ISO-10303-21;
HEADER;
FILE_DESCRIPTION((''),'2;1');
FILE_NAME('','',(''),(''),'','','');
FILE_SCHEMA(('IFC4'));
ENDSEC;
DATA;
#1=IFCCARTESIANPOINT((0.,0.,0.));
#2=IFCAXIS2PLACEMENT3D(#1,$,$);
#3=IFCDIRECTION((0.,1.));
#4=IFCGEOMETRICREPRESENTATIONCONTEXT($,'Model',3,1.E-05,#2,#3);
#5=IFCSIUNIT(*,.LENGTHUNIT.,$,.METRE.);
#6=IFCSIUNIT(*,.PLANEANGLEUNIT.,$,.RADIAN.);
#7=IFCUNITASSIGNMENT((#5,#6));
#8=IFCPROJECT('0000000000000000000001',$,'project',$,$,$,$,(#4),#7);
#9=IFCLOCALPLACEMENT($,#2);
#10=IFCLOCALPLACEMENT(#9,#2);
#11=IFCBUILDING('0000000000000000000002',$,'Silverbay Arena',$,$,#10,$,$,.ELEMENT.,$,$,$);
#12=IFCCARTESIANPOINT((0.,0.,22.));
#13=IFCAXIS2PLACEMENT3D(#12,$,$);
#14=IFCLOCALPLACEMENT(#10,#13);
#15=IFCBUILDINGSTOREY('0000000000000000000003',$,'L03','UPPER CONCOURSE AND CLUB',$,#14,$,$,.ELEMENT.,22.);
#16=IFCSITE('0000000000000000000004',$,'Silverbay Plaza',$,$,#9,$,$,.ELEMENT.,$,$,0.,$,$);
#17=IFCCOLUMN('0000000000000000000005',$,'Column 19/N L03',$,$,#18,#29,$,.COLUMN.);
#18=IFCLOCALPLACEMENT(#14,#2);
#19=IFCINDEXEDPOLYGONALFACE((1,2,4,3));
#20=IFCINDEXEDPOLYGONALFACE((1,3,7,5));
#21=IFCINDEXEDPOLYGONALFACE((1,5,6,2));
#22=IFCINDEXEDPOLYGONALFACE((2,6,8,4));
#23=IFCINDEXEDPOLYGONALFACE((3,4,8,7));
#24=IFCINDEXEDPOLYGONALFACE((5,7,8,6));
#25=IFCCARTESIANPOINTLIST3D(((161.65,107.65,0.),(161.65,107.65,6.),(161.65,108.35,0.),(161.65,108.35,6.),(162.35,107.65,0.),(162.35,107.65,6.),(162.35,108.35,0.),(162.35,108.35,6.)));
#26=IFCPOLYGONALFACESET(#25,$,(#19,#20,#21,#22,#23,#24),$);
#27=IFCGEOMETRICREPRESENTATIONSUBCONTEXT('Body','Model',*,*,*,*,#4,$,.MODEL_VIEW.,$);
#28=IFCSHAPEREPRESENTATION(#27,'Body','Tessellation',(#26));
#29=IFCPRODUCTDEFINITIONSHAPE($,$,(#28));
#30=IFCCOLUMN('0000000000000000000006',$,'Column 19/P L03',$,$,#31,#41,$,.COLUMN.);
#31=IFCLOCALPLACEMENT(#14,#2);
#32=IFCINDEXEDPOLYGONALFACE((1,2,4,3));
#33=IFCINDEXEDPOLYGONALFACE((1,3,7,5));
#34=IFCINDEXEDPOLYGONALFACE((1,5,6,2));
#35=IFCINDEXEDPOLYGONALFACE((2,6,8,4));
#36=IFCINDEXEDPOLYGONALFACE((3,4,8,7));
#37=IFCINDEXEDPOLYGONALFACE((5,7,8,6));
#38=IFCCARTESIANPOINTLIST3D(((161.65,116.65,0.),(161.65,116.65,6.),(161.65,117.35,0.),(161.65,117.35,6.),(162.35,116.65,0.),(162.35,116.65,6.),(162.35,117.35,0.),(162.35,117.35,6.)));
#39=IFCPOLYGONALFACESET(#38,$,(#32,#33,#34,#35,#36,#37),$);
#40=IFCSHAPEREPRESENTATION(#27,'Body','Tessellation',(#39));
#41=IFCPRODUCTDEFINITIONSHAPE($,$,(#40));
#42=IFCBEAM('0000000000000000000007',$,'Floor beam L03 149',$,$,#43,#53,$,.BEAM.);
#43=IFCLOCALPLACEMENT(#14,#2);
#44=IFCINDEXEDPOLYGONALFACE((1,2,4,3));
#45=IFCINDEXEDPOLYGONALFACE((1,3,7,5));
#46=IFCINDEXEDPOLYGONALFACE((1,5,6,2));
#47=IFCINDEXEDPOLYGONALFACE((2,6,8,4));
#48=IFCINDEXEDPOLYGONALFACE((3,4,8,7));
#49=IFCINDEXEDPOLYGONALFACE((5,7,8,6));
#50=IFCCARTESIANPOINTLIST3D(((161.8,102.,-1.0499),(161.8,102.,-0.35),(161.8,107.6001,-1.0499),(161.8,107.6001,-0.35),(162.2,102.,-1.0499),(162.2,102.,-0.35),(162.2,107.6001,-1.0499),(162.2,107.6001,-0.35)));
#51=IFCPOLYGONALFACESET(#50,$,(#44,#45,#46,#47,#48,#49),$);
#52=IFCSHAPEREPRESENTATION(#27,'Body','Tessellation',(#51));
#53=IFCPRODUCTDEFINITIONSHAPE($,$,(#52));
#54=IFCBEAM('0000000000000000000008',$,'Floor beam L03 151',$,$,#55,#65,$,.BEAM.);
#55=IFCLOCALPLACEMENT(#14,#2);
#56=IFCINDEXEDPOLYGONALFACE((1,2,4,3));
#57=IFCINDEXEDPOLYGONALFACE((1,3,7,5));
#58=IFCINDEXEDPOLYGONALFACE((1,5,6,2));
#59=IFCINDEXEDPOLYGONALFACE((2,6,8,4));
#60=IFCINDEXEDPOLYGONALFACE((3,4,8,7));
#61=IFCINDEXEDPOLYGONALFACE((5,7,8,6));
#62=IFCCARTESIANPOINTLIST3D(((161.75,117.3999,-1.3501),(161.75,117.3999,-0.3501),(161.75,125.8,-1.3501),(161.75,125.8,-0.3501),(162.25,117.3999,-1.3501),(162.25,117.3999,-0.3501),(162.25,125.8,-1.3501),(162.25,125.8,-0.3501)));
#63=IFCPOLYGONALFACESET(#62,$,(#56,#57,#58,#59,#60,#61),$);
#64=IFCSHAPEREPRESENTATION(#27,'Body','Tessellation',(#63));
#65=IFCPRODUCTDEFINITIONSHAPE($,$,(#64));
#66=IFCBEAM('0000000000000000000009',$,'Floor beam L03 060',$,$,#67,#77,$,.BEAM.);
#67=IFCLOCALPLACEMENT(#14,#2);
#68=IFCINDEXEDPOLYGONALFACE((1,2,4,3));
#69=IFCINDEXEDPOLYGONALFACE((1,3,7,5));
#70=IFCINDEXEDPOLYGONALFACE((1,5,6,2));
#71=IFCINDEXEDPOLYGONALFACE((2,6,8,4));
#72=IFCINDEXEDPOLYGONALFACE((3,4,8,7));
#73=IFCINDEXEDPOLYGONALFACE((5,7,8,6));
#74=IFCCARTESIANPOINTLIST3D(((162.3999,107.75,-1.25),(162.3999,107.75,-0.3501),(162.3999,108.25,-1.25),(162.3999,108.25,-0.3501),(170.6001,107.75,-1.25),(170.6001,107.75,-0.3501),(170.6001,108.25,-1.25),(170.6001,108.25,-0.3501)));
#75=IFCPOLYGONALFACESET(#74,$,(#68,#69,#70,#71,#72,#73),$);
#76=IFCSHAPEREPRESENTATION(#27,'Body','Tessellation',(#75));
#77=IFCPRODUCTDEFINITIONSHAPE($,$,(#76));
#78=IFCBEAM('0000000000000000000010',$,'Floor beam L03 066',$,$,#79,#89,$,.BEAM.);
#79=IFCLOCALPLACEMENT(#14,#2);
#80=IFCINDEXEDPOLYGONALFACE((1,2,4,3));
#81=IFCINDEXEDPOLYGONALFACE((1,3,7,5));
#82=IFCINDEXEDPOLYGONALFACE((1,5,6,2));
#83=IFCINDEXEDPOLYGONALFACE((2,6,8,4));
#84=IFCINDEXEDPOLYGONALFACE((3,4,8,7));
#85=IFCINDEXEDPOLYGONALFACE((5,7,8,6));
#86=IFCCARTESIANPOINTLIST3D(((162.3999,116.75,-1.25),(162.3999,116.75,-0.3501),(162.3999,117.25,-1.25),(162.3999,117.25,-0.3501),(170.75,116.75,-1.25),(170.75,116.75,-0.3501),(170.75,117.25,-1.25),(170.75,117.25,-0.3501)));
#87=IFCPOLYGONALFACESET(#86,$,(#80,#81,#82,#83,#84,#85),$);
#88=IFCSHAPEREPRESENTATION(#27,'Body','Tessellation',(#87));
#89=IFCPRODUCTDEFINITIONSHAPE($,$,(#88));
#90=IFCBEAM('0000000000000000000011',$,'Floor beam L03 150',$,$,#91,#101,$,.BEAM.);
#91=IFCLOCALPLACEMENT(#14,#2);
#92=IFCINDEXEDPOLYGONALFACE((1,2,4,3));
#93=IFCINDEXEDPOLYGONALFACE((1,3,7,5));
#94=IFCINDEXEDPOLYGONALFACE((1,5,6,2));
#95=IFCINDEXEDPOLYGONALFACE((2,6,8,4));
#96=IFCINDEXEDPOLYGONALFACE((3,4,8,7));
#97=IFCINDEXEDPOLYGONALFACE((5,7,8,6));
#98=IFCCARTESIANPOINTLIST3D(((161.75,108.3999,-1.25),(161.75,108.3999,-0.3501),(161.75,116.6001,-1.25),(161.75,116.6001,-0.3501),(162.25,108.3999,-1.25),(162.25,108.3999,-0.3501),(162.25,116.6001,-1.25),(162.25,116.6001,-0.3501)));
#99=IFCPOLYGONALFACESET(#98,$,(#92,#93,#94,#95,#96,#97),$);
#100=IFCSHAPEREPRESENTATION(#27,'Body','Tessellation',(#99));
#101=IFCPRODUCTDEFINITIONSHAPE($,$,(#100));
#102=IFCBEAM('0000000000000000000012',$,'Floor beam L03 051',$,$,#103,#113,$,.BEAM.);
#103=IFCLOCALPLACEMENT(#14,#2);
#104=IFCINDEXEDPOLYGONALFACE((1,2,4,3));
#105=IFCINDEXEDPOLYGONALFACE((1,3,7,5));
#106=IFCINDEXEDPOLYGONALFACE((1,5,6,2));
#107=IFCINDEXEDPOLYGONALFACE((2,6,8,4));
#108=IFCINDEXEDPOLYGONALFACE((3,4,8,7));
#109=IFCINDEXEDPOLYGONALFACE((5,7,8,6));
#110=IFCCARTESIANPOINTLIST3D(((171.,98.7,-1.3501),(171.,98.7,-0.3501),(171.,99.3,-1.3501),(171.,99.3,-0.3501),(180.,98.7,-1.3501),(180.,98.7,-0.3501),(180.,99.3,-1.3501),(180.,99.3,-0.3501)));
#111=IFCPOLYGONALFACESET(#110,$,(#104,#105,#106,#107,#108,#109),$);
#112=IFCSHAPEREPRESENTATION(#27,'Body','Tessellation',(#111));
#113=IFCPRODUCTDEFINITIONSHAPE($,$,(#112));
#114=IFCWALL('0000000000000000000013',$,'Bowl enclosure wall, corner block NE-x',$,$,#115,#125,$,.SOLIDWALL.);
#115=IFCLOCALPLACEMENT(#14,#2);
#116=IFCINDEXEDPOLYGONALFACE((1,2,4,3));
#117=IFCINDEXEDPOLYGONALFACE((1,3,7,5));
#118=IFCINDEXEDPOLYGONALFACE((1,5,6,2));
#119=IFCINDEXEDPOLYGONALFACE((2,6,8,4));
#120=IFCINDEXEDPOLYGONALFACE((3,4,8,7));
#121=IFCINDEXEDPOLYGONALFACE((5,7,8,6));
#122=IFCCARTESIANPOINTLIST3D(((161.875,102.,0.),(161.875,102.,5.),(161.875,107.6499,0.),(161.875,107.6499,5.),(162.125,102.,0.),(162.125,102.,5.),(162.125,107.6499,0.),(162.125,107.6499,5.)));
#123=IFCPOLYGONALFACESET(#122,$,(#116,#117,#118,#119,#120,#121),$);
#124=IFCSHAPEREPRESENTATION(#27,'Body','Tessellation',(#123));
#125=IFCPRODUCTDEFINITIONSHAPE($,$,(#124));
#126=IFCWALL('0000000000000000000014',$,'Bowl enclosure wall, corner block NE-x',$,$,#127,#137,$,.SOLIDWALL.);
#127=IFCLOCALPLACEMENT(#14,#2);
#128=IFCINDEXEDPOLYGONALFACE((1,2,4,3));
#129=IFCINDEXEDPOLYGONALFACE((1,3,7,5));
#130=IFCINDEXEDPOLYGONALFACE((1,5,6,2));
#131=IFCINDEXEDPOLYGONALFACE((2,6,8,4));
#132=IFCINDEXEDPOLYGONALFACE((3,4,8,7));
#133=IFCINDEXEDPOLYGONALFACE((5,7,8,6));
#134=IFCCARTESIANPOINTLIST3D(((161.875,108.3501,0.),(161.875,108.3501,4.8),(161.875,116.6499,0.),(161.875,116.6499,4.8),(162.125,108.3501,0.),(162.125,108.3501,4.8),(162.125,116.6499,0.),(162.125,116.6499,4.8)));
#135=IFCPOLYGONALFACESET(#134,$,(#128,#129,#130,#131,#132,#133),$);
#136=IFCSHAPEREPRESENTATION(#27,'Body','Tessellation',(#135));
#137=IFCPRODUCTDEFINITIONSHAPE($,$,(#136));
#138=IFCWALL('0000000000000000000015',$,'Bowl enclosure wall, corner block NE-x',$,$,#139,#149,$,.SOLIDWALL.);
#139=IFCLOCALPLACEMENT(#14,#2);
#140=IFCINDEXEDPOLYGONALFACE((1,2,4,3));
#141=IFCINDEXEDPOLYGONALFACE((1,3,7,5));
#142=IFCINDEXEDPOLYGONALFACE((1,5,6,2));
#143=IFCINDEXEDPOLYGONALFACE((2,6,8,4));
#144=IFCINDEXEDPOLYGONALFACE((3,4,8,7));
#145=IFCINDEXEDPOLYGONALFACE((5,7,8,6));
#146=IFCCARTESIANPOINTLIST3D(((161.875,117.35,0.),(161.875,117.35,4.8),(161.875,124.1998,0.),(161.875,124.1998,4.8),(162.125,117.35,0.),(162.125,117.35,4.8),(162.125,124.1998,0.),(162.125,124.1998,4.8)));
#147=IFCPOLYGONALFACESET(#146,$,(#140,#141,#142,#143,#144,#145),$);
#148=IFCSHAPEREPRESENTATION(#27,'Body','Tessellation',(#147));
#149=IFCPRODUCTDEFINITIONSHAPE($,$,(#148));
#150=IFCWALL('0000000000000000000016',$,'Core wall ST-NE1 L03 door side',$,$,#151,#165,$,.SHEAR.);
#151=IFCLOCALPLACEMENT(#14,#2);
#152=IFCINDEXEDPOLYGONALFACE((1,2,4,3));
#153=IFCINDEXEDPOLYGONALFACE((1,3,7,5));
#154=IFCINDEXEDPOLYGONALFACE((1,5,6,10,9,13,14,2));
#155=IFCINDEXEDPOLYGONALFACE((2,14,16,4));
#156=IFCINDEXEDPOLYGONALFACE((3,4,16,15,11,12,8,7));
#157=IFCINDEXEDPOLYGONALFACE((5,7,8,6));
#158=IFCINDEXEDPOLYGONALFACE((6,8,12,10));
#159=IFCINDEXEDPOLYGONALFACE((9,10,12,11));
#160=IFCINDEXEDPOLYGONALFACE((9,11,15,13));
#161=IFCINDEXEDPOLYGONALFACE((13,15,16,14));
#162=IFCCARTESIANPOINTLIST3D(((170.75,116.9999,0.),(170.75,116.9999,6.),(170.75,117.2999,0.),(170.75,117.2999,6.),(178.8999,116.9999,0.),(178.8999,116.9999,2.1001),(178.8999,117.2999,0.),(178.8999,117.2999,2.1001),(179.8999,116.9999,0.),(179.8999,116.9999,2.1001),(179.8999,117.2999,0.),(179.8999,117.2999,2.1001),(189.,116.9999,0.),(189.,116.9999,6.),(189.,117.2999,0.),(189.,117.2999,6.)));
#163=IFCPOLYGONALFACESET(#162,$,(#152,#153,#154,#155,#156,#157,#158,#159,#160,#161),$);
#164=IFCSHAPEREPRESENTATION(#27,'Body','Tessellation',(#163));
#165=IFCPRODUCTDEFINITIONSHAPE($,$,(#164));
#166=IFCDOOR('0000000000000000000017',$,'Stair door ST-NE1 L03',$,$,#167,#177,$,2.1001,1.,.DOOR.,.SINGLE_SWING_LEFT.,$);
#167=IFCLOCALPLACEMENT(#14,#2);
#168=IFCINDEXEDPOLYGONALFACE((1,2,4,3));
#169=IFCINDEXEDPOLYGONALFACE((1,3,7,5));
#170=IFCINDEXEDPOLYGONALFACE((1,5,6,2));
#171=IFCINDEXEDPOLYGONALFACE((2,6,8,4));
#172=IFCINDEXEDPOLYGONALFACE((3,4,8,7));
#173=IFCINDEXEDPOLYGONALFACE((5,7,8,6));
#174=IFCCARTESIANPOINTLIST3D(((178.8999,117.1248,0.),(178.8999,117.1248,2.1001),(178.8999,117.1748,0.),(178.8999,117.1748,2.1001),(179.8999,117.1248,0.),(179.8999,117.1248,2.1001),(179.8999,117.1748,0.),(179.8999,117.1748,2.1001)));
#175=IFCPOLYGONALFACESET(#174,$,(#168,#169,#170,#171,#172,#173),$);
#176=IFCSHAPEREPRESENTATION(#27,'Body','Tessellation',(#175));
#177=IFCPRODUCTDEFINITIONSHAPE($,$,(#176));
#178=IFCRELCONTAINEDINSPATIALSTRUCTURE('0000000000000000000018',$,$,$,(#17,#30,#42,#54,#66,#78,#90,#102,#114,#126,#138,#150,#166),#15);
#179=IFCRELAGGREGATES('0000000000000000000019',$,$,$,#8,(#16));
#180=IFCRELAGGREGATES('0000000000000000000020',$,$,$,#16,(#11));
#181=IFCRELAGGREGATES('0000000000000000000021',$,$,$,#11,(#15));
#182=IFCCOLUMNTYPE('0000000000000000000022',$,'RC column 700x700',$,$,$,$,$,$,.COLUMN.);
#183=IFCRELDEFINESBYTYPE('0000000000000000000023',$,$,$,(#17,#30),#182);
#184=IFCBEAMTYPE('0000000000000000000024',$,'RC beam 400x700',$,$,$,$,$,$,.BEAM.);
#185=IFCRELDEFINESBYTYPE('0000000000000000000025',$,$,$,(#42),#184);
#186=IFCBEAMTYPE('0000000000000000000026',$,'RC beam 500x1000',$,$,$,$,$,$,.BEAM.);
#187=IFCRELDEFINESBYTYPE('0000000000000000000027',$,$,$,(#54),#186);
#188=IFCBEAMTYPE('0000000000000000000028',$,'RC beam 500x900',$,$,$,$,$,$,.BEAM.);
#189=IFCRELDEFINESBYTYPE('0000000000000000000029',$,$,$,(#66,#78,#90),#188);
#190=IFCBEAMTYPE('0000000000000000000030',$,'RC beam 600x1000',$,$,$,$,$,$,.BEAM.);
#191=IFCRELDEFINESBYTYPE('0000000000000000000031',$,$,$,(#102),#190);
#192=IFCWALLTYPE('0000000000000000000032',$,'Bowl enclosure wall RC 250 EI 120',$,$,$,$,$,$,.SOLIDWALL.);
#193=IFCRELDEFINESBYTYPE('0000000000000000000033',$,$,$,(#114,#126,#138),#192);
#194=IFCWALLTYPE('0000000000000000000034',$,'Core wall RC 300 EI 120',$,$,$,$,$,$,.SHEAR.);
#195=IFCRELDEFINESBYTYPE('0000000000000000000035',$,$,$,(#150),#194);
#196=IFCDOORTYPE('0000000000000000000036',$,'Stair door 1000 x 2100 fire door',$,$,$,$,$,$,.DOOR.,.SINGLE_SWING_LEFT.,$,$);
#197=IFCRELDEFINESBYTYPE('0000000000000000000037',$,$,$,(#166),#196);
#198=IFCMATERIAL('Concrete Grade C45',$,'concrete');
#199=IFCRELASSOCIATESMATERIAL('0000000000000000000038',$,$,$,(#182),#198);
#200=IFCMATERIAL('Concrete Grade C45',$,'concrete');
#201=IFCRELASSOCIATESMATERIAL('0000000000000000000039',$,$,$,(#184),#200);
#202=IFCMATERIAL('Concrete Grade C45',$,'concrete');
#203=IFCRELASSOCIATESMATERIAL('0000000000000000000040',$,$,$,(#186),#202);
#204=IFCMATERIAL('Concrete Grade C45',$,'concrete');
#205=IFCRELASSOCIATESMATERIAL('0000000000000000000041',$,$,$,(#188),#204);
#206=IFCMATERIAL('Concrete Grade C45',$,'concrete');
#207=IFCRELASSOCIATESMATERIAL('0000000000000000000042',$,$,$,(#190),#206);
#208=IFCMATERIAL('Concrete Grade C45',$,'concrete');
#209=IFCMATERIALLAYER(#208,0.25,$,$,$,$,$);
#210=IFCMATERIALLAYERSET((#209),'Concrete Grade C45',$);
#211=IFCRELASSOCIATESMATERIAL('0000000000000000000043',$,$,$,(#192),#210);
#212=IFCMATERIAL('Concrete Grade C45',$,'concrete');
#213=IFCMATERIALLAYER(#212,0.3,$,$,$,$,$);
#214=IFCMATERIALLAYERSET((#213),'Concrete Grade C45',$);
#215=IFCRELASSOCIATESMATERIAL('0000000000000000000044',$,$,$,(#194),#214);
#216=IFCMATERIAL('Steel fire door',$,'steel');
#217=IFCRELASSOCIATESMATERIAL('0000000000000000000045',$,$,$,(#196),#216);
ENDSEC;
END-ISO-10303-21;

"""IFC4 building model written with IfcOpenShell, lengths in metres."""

from ifc_helpers import new_model, si_unit, direction, frame, frame_2d, origin, origin_2d, place, context, subcontext, project, spatial, rectangle, extrude, material, layer, layer_set, material_profile, profile_set, type_object, element, fill, save


model = new_model("IFC4")

# Units and contexts
model_context = context("Model", 3, precision=1e-05, world=origin(), true_north=direction((0.0, 1.0)))
body_context = subcontext(model_context, "Body", "Model", "MODEL_VIEW")
ifc_project = project(units=[si_unit("LENGTHUNIT", "METRE"), si_unit("PLANEANGLEUNIT", "RADIAN")], contexts=[model_context])

# Site, building, storey
site_placement = place(None, origin())
site = spatial("IfcSite", under=ifc_project, at=site_placement, Name="Silverbay Plaza", CompositionType="ELEMENT", RefElevation=0.0)
building_placement = place(site_placement, origin())
building = spatial("IfcBuilding", under=site, at=building_placement, Name="Silverbay Arena", CompositionType="ELEMENT")
storey_placement = place(building_placement, frame((0.0, 0.0, 22.0)))
storey = spatial("IfcBuildingStorey", under=building, at=storey_placement, Name="L03", Description="UPPER CONCOURSE AND CLUB", CompositionType="ELEMENT", Elevation=22.0)

# Columns
ifc_material_1 = material(Name="Concrete Grade C45", Category="concrete")
ifc_material_profile_1 = material_profile(ifc_material_1, rectangle(XDim=0.7, YDim=0.7, at=origin_2d()), Name="RC 700x700")
ifc_profile_set_1 = profile_set([ifc_material_profile_1], Name="Concrete Grade C45")
column_type = type_object("IfcColumnType", Name="RC column 700x700", PredefinedType="COLUMN", material=ifc_profile_set_1)
for number, where, z_axis, x_axis, name in (
    (1, (162.0, 108.0, 0.0), (0.0, 0.0, 1.0), (1.0, 0.0, 0.0), "Column 19/N L03"),
    (2, (162.0, 117.0, 0.0), (0.0, 0.0, 1.0), (1.0, 0.0, 0.0), "Column 19/P L03"),
):
    element("IfcColumn", number, at=place(storey_placement, frame(where, z_axis=z_axis, x_axis=x_axis)), inside=storey, type_object=column_type, Name=name, PredefinedType="COLUMN", context=body_context, shape_type="SweptSolid", body=[
        extrude(rectangle(XDim=0.7, YDim=0.7, at=origin_2d()), origin(), (0.0, 0.0, 1.0), 6.0),
    ])

# Beams
ifc_material_2 = material(Name="Concrete Grade C45", Category="concrete")
ifc_material_profile_2 = material_profile(ifc_material_2, rectangle(XDim=0.3999, YDim=0.7, at=origin_2d()), Name="RC 400x700")
ifc_profile_set_2 = profile_set([ifc_material_profile_2], Name="Concrete Grade C45")
beam_type_1 = type_object("IfcBeamType", Name="RC beam 400x700", PredefinedType="BEAM", material=ifc_profile_set_2)
beam_1_placement = place(storey_placement, frame((162.0, 102.0, -0.7), z_axis=(0.0, 1.0, 0.0), x_axis=(-1.0, 0.0, 0.0)))
element("IfcBeam", 3, at=beam_1_placement, inside=storey, type_object=beam_type_1, Name="Floor beam L03 149", PredefinedType="BEAM", context=body_context, shape_type="SweptSolid", body=[
    extrude(rectangle(XDim=0.3999, YDim=0.7, at=origin_2d()), origin(), (0.0, 0.0, 1.0), 5.6001),
])
ifc_material_3 = material(Name="Concrete Grade C45", Category="concrete")
ifc_material_profile_3 = material_profile(ifc_material_3, rectangle(XDim=0.5, YDim=1.0, at=origin_2d()), Name="RC 500x1000")
ifc_profile_set_3 = profile_set([ifc_material_profile_3], Name="Concrete Grade C45")
beam_type_2 = type_object("IfcBeamType", Name="RC beam 500x1000", PredefinedType="BEAM", material=ifc_profile_set_3)
beam_2_placement = place(storey_placement, frame((162.0, 117.3999, -0.8501), z_axis=(0.0, 1.0, 0.0), x_axis=(-1.0, 0.0, 0.0)))
element("IfcBeam", 4, at=beam_2_placement, inside=storey, type_object=beam_type_2, Name="Floor beam L03 151", PredefinedType="BEAM", context=body_context, shape_type="SweptSolid", body=[
    extrude(rectangle(XDim=0.5, YDim=1.0, at=origin_2d()), origin(), (0.0, 0.0, 1.0), 8.4001),
])
ifc_material_4 = material(Name="Concrete Grade C45", Category="concrete")
ifc_material_profile_4 = material_profile(ifc_material_4, rectangle(XDim=0.5, YDim=0.8999, at=origin_2d()), Name="RC 500x900")
ifc_profile_set_4 = profile_set([ifc_material_profile_4], Name="Concrete Grade C45")
beam_type_3 = type_object("IfcBeamType", Name="RC beam 500x900", PredefinedType="BEAM", material=ifc_profile_set_4)
beam_3_placement = place(storey_placement, frame((162.3999, 108.0, -0.8), z_axis=(1.0, 0.0, 0.0), x_axis=(0.0, 1.0, 0.0)))
element("IfcBeam", 5, at=beam_3_placement, inside=storey, type_object=beam_type_3, Name="Floor beam L03 060", PredefinedType="BEAM", context=body_context, shape_type="SweptSolid", body=[
    extrude(rectangle(XDim=0.5, YDim=0.8999, at=origin_2d()), origin(), (0.0, 0.0, 1.0), 8.2002),
])
beam_4_placement = place(storey_placement, frame((162.3999, 117.0, -0.8), z_axis=(1.0, 0.0, 0.0), x_axis=(0.0, 1.0, 0.0)))
element("IfcBeam", 6, at=beam_4_placement, inside=storey, type_object=beam_type_3, Name="Floor beam L03 066", PredefinedType="BEAM", context=body_context, shape_type="SweptSolid", body=[
    extrude(rectangle(XDim=0.5, YDim=0.8999, at=origin_2d()), origin(), (0.0, 0.0, 1.0), 8.3501),
])
beam_5_placement = place(storey_placement, frame((162.0, 108.3999, -0.8), z_axis=(0.0, 1.0, 0.0), x_axis=(-1.0, 0.0, 0.0)))
element("IfcBeam", 7, at=beam_5_placement, inside=storey, type_object=beam_type_3, Name="Floor beam L03 150", PredefinedType="BEAM", context=body_context, shape_type="SweptSolid", body=[
    extrude(rectangle(XDim=0.5, YDim=0.8999, at=origin_2d()), origin(), (0.0, 0.0, 1.0), 8.2002),
])
ifc_material_5 = material(Name="Concrete Grade C45", Category="concrete")
ifc_material_profile_5 = material_profile(ifc_material_5, rectangle(XDim=0.6001, YDim=1.0, at=origin_2d()), Name="RC 600x1000")
ifc_profile_set_5 = profile_set([ifc_material_profile_5], Name="Concrete Grade C45")
beam_type_4 = type_object("IfcBeamType", Name="RC beam 600x1000", PredefinedType="BEAM", material=ifc_profile_set_5)
beam_6_placement = place(storey_placement, frame((171.0, 99.0, -0.8501), z_axis=(1.0, 0.0, 0.0), x_axis=(0.0, 1.0, 0.0)))
element("IfcBeam", 8, at=beam_6_placement, inside=storey, type_object=beam_type_4, Name="Floor beam L03 051", PredefinedType="BEAM", context=body_context, shape_type="SweptSolid", body=[
    extrude(rectangle(XDim=0.6001, YDim=1.0, at=origin_2d()), origin(), (0.0, 0.0, 1.0), 9.0),
])

# Walls
ifc_material_6 = material(Name="Concrete Grade C45", Category="concrete")
ifc_layer_1 = layer(ifc_material_6, 0.25)
ifc_layer_set_1 = layer_set([ifc_layer_1], Name="Concrete Grade C45")
wall_type_1 = type_object("IfcWallType", Name="Bowl enclosure wall RC 250 EI 120", PredefinedType="SOLIDWALL", material=ifc_layer_set_1)
wall_1_placement = place(storey_placement, frame((162.0, 102.0, 0.0), z_axis=(0.0, 0.0, 1.0), x_axis=(0.0, 1.0, 0.0)))
element("IfcWall", 9, at=wall_1_placement, inside=storey, type_object=wall_type_1, Name="Bowl enclosure wall, corner block NE-x", PredefinedType="SOLIDWALL", context=body_context, shape_type="SweptSolid", body=[
    extrude(rectangle(XDim=5.6499, YDim=0.25, at=frame_2d((2.825, 0.0))), origin(), (0.0, 0.0, 1.0), 5.0),
])
wall_2_placement = place(storey_placement, frame((162.0, 108.3501, 0.0), z_axis=(0.0, 0.0, 1.0), x_axis=(0.0, 1.0, 0.0)))
element("IfcWall", 10, at=wall_2_placement, inside=storey, type_object=wall_type_1, Name="Bowl enclosure wall, corner block NE-x", PredefinedType="SOLIDWALL", context=body_context, shape_type="SweptSolid", body=[
    extrude(rectangle(XDim=8.2998, YDim=0.25, at=frame_2d((4.1499, 0.0))), origin(), (0.0, 0.0, 1.0), 4.8),
])
wall_3_placement = place(storey_placement, frame((162.0, 117.3501, 0.0), z_axis=(0.0, 0.0, 1.0), x_axis=(0.0, 1.0, 0.0)))
element("IfcWall", 11, at=wall_3_placement, inside=storey, type_object=wall_type_1, Name="Bowl enclosure wall, corner block NE-x", PredefinedType="SOLIDWALL", context=body_context, shape_type="SweptSolid", body=[
    extrude(rectangle(XDim=6.8499, YDim=0.25, at=frame_2d((3.4248, 0.0))), origin(), (0.0, 0.0, 1.0), 4.8),
])

# Wall, opening, door
ifc_material_7 = material(Name="Concrete Grade C45", Category="concrete")
ifc_layer_2 = layer(ifc_material_7, 0.3)
ifc_layer_set_2 = layer_set([ifc_layer_2], Name="Concrete Grade C45")
wall_type_2 = type_object("IfcWallType", Name="Core wall RC 300 EI 120", PredefinedType="SHEAR", material=ifc_layer_set_2)
wall_4_placement = place(storey_placement, frame((170.75, 117.1499, 0.0), z_axis=(0.0, 0.0, 1.0), x_axis=(1.0, 0.0, 0.0)))
wall_4 = element("IfcWall", 12, at=wall_4_placement, inside=storey, type_object=wall_type_2, Name="Core wall ST-NE1 L03 door side", PredefinedType="SHEAR", context=body_context, shape_type="SweptSolid", body=[
    extrude(rectangle(XDim=18.25, YDim=0.3, at=frame_2d((9.125, 0.0))), origin(), (0.0, 0.0, 1.0), 6.0),
])
opening_1_placement = place(wall_4_placement, frame((8.1499, 0.0, 0.0)))
opening_1 = element("IfcOpeningElement", 13, at=opening_1_placement, cuts=wall_4, PredefinedType="OPENING", context=body_context, shape_type="SweptSolid", body=[
    extrude(rectangle(XDim=1.0, YDim=2.1001, at=frame_2d((0.5, 1.05))), frame((0.0, 0.1602, 0.0), z_axis=(0.0, -1.0, 0.0), x_axis=(1.0, 0.0, 0.0)), (0.0, 0.0, 1.0), 0.3201),
])
ifc_material_8 = material(Name="Steel fire door", Category="steel")
door_type_1 = type_object("IfcDoorType", Name="Stair door 1000 x 2100 fire door", OperationType="SINGLE_SWING_LEFT", PredefinedType="DOOR", material=ifc_material_8)
door_1_placement = place(opening_1_placement, origin())
door_1 = element("IfcDoor", 14, at=door_1_placement, inside=storey, type_object=door_type_1, Name="Stair door ST-NE1 L03", OperationType="SINGLE_SWING_LEFT", OverallHeight=2.1001, OverallWidth=1.0, PredefinedType="DOOR", context=body_context, shape_type="SweptSolid", body=[
    extrude(rectangle(XDim=1.0, YDim=2.1001, at=frame_2d((0.5, 1.05))), frame((0.0, 0.0249, 0.0), z_axis=(0.0, -1.0, 0.0), x_axis=(1.0, 0.0, 0.0)), (0.0, 0.0, 1.0), 0.05),
])
fill(opening_1, door_1)

save(model, "model.ifc")
